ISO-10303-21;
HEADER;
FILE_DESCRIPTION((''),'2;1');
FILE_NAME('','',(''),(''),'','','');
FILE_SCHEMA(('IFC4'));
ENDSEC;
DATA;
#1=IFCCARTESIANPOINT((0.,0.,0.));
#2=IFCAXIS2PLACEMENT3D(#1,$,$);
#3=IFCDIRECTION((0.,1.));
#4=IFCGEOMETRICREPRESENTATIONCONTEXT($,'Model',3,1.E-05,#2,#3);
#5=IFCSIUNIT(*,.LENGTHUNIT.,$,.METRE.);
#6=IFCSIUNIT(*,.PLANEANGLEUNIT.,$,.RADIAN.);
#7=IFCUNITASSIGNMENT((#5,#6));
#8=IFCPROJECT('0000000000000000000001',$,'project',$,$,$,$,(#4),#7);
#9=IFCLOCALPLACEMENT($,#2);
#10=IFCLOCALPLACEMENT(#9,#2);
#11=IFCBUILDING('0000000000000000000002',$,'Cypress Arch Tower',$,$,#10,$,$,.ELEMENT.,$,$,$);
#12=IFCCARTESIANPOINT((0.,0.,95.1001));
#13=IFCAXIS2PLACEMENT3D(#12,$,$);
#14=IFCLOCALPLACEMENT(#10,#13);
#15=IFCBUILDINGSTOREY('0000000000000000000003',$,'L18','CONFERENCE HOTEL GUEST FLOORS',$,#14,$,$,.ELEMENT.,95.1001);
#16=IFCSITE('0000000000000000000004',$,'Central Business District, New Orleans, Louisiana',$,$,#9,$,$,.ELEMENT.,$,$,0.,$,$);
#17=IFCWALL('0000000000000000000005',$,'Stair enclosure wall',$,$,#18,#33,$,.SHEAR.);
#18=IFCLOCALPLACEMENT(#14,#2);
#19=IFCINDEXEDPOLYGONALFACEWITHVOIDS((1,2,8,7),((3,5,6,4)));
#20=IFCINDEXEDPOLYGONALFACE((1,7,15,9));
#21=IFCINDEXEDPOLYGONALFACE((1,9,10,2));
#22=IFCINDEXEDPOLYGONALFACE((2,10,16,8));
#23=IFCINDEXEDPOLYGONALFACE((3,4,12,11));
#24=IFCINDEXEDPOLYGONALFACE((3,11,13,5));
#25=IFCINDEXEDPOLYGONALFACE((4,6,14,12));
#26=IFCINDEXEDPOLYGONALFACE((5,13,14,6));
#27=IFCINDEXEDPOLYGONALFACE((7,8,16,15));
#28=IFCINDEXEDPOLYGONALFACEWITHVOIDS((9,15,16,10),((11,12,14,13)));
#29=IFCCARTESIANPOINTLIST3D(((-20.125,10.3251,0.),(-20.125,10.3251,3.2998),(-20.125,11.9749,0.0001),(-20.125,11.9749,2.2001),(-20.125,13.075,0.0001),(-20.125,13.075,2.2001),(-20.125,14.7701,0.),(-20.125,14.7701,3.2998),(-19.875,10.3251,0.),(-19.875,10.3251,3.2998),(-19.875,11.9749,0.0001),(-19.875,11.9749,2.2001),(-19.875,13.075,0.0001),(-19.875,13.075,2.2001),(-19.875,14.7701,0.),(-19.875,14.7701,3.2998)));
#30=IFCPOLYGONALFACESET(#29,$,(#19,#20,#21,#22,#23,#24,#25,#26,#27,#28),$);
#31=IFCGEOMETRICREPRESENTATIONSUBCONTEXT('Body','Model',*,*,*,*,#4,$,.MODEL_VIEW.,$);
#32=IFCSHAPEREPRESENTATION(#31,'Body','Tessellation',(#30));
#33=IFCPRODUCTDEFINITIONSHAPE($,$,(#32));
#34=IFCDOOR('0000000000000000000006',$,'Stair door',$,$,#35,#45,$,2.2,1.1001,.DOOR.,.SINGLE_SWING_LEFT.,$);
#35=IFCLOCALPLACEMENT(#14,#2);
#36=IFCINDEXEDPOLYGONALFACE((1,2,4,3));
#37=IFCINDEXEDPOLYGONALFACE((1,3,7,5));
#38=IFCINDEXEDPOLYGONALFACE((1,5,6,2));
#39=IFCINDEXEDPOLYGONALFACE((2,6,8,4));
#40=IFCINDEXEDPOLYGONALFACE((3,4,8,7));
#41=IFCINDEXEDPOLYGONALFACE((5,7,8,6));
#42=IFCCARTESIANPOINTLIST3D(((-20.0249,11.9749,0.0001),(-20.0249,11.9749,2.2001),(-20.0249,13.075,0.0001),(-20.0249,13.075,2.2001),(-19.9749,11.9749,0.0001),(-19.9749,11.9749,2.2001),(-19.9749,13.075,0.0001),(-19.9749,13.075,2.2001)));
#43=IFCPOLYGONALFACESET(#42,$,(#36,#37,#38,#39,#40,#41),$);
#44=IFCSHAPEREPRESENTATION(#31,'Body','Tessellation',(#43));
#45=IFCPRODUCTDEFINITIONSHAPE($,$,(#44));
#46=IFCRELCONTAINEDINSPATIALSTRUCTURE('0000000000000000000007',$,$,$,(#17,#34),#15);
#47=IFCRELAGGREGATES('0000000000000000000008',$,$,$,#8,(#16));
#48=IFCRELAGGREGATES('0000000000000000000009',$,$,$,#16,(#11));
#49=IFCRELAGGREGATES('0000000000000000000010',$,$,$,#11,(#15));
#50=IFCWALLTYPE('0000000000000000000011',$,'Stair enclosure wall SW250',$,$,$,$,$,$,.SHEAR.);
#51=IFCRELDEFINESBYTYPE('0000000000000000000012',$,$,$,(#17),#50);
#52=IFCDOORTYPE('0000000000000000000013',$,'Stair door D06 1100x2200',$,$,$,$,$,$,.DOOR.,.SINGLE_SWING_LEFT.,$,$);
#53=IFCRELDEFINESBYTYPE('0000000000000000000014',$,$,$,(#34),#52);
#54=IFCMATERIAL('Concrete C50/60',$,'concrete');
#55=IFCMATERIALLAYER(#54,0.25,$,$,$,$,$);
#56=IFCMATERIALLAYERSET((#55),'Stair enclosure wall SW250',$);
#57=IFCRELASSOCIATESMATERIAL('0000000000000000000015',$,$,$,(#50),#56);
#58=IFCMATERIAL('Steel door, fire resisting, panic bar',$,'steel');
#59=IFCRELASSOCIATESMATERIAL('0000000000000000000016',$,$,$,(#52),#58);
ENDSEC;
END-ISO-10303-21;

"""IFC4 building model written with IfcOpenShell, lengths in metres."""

from ifc_helpers import new_model, si_unit, direction, frame, frame_2d, origin, place, context, subcontext, project, spatial, rectangle, extrude, material, layer, layer_set, type_object, element, fill, save


model = new_model("IFC4")

# Units and contexts
model_context = context("Model", 3, precision=1e-05, world=origin(), true_north=direction((0.0, 1.0)))
body_context = subcontext(model_context, "Body", "Model", "MODEL_VIEW")
ifc_project = project(units=[si_unit("LENGTHUNIT", "METRE"), si_unit("PLANEANGLEUNIT", "RADIAN")], contexts=[model_context])

# Site, building, storey
site_placement = place(None, origin())
site = spatial("IfcSite", under=ifc_project, at=site_placement, Name="Central Business District, New Orleans, Louisiana", CompositionType="ELEMENT", RefElevation=0.0)
building_placement = place(site_placement, origin())
building = spatial("IfcBuilding", under=site, at=building_placement, Name="Cypress Arch Tower", CompositionType="ELEMENT")
storey_placement = place(building_placement, frame((0.0, 0.0, 95.1001)))
storey = spatial("IfcBuildingStorey", under=building, at=storey_placement, Name="L18", Description="CONFERENCE HOTEL GUEST FLOORS", CompositionType="ELEMENT", Elevation=95.1001)

# Wall, opening, door
ifc_material_1 = material(Name="Concrete C50/60", Category="concrete")
ifc_layer_1 = layer(ifc_material_1, 0.25)
ifc_layer_set_1 = layer_set([ifc_layer_1], Name="Stair enclosure wall SW250")
wall_type_1 = type_object("IfcWallType", Name="Stair enclosure wall SW250", PredefinedType="SHEAR", material=ifc_layer_set_1)
wall_1_placement = place(storey_placement, frame((-20.0, 10.325, 0.0), z_axis=(0.0, 0.0, 1.0), x_axis=(0.0, 1.0, 0.0)))
wall_1 = element("IfcWall", 1, at=wall_1_placement, inside=storey, type_object=wall_type_1, Name="Stair enclosure wall", PredefinedType="SHEAR", context=body_context, shape_type="SweptSolid", body=[
    extrude(rectangle(XDim=4.4451, YDim=0.25, at=frame_2d((2.2227, 0.0))), origin(), (0.0, 0.0, 1.0), 3.2998),
])
opening_1_placement = place(wall_1_placement, frame((1.6499, 0.0, 0.0)))
opening_1 = element("IfcOpeningElement", 2, at=opening_1_placement, cuts=wall_1, PredefinedType="OPENING", context=body_context, shape_type="SweptSolid", body=[
    extrude(rectangle(XDim=1.1001, YDim=2.2, at=frame_2d((0.55, 1.1001))), frame((0.0, 0.135, 0.0), z_axis=(0.0, -1.0, 0.0), x_axis=(1.0, 0.0, 0.0)), (0.0, 0.0, 1.0), 0.27),
])
ifc_material_2 = material(Name="Steel door, fire resisting, panic bar", Category="steel")
door_type_1 = type_object("IfcDoorType", Name="Stair door D06 1100x2200", OperationType="SINGLE_SWING_LEFT", PredefinedType="DOOR", material=ifc_material_2)
door_1_placement = place(opening_1_placement, origin())
door_1 = element("IfcDoor", 3, at=door_1_placement, inside=storey, type_object=door_type_1, Name="Stair door", OperationType="SINGLE_SWING_LEFT", OverallHeight=2.2, OverallWidth=1.1001, PredefinedType="DOOR", context=body_context, shape_type="SweptSolid", body=[
    extrude(rectangle(XDim=1.1001, YDim=2.2, at=frame_2d((0.55, 1.1001))), frame((0.0, 0.0249, 0.0), z_axis=(0.0, -1.0, 0.0), x_axis=(1.0, 0.0, 0.0)), (0.0, 0.0, 1.0), 0.05),
])
fill(opening_1, door_1)

save(model, "model.ifc")
